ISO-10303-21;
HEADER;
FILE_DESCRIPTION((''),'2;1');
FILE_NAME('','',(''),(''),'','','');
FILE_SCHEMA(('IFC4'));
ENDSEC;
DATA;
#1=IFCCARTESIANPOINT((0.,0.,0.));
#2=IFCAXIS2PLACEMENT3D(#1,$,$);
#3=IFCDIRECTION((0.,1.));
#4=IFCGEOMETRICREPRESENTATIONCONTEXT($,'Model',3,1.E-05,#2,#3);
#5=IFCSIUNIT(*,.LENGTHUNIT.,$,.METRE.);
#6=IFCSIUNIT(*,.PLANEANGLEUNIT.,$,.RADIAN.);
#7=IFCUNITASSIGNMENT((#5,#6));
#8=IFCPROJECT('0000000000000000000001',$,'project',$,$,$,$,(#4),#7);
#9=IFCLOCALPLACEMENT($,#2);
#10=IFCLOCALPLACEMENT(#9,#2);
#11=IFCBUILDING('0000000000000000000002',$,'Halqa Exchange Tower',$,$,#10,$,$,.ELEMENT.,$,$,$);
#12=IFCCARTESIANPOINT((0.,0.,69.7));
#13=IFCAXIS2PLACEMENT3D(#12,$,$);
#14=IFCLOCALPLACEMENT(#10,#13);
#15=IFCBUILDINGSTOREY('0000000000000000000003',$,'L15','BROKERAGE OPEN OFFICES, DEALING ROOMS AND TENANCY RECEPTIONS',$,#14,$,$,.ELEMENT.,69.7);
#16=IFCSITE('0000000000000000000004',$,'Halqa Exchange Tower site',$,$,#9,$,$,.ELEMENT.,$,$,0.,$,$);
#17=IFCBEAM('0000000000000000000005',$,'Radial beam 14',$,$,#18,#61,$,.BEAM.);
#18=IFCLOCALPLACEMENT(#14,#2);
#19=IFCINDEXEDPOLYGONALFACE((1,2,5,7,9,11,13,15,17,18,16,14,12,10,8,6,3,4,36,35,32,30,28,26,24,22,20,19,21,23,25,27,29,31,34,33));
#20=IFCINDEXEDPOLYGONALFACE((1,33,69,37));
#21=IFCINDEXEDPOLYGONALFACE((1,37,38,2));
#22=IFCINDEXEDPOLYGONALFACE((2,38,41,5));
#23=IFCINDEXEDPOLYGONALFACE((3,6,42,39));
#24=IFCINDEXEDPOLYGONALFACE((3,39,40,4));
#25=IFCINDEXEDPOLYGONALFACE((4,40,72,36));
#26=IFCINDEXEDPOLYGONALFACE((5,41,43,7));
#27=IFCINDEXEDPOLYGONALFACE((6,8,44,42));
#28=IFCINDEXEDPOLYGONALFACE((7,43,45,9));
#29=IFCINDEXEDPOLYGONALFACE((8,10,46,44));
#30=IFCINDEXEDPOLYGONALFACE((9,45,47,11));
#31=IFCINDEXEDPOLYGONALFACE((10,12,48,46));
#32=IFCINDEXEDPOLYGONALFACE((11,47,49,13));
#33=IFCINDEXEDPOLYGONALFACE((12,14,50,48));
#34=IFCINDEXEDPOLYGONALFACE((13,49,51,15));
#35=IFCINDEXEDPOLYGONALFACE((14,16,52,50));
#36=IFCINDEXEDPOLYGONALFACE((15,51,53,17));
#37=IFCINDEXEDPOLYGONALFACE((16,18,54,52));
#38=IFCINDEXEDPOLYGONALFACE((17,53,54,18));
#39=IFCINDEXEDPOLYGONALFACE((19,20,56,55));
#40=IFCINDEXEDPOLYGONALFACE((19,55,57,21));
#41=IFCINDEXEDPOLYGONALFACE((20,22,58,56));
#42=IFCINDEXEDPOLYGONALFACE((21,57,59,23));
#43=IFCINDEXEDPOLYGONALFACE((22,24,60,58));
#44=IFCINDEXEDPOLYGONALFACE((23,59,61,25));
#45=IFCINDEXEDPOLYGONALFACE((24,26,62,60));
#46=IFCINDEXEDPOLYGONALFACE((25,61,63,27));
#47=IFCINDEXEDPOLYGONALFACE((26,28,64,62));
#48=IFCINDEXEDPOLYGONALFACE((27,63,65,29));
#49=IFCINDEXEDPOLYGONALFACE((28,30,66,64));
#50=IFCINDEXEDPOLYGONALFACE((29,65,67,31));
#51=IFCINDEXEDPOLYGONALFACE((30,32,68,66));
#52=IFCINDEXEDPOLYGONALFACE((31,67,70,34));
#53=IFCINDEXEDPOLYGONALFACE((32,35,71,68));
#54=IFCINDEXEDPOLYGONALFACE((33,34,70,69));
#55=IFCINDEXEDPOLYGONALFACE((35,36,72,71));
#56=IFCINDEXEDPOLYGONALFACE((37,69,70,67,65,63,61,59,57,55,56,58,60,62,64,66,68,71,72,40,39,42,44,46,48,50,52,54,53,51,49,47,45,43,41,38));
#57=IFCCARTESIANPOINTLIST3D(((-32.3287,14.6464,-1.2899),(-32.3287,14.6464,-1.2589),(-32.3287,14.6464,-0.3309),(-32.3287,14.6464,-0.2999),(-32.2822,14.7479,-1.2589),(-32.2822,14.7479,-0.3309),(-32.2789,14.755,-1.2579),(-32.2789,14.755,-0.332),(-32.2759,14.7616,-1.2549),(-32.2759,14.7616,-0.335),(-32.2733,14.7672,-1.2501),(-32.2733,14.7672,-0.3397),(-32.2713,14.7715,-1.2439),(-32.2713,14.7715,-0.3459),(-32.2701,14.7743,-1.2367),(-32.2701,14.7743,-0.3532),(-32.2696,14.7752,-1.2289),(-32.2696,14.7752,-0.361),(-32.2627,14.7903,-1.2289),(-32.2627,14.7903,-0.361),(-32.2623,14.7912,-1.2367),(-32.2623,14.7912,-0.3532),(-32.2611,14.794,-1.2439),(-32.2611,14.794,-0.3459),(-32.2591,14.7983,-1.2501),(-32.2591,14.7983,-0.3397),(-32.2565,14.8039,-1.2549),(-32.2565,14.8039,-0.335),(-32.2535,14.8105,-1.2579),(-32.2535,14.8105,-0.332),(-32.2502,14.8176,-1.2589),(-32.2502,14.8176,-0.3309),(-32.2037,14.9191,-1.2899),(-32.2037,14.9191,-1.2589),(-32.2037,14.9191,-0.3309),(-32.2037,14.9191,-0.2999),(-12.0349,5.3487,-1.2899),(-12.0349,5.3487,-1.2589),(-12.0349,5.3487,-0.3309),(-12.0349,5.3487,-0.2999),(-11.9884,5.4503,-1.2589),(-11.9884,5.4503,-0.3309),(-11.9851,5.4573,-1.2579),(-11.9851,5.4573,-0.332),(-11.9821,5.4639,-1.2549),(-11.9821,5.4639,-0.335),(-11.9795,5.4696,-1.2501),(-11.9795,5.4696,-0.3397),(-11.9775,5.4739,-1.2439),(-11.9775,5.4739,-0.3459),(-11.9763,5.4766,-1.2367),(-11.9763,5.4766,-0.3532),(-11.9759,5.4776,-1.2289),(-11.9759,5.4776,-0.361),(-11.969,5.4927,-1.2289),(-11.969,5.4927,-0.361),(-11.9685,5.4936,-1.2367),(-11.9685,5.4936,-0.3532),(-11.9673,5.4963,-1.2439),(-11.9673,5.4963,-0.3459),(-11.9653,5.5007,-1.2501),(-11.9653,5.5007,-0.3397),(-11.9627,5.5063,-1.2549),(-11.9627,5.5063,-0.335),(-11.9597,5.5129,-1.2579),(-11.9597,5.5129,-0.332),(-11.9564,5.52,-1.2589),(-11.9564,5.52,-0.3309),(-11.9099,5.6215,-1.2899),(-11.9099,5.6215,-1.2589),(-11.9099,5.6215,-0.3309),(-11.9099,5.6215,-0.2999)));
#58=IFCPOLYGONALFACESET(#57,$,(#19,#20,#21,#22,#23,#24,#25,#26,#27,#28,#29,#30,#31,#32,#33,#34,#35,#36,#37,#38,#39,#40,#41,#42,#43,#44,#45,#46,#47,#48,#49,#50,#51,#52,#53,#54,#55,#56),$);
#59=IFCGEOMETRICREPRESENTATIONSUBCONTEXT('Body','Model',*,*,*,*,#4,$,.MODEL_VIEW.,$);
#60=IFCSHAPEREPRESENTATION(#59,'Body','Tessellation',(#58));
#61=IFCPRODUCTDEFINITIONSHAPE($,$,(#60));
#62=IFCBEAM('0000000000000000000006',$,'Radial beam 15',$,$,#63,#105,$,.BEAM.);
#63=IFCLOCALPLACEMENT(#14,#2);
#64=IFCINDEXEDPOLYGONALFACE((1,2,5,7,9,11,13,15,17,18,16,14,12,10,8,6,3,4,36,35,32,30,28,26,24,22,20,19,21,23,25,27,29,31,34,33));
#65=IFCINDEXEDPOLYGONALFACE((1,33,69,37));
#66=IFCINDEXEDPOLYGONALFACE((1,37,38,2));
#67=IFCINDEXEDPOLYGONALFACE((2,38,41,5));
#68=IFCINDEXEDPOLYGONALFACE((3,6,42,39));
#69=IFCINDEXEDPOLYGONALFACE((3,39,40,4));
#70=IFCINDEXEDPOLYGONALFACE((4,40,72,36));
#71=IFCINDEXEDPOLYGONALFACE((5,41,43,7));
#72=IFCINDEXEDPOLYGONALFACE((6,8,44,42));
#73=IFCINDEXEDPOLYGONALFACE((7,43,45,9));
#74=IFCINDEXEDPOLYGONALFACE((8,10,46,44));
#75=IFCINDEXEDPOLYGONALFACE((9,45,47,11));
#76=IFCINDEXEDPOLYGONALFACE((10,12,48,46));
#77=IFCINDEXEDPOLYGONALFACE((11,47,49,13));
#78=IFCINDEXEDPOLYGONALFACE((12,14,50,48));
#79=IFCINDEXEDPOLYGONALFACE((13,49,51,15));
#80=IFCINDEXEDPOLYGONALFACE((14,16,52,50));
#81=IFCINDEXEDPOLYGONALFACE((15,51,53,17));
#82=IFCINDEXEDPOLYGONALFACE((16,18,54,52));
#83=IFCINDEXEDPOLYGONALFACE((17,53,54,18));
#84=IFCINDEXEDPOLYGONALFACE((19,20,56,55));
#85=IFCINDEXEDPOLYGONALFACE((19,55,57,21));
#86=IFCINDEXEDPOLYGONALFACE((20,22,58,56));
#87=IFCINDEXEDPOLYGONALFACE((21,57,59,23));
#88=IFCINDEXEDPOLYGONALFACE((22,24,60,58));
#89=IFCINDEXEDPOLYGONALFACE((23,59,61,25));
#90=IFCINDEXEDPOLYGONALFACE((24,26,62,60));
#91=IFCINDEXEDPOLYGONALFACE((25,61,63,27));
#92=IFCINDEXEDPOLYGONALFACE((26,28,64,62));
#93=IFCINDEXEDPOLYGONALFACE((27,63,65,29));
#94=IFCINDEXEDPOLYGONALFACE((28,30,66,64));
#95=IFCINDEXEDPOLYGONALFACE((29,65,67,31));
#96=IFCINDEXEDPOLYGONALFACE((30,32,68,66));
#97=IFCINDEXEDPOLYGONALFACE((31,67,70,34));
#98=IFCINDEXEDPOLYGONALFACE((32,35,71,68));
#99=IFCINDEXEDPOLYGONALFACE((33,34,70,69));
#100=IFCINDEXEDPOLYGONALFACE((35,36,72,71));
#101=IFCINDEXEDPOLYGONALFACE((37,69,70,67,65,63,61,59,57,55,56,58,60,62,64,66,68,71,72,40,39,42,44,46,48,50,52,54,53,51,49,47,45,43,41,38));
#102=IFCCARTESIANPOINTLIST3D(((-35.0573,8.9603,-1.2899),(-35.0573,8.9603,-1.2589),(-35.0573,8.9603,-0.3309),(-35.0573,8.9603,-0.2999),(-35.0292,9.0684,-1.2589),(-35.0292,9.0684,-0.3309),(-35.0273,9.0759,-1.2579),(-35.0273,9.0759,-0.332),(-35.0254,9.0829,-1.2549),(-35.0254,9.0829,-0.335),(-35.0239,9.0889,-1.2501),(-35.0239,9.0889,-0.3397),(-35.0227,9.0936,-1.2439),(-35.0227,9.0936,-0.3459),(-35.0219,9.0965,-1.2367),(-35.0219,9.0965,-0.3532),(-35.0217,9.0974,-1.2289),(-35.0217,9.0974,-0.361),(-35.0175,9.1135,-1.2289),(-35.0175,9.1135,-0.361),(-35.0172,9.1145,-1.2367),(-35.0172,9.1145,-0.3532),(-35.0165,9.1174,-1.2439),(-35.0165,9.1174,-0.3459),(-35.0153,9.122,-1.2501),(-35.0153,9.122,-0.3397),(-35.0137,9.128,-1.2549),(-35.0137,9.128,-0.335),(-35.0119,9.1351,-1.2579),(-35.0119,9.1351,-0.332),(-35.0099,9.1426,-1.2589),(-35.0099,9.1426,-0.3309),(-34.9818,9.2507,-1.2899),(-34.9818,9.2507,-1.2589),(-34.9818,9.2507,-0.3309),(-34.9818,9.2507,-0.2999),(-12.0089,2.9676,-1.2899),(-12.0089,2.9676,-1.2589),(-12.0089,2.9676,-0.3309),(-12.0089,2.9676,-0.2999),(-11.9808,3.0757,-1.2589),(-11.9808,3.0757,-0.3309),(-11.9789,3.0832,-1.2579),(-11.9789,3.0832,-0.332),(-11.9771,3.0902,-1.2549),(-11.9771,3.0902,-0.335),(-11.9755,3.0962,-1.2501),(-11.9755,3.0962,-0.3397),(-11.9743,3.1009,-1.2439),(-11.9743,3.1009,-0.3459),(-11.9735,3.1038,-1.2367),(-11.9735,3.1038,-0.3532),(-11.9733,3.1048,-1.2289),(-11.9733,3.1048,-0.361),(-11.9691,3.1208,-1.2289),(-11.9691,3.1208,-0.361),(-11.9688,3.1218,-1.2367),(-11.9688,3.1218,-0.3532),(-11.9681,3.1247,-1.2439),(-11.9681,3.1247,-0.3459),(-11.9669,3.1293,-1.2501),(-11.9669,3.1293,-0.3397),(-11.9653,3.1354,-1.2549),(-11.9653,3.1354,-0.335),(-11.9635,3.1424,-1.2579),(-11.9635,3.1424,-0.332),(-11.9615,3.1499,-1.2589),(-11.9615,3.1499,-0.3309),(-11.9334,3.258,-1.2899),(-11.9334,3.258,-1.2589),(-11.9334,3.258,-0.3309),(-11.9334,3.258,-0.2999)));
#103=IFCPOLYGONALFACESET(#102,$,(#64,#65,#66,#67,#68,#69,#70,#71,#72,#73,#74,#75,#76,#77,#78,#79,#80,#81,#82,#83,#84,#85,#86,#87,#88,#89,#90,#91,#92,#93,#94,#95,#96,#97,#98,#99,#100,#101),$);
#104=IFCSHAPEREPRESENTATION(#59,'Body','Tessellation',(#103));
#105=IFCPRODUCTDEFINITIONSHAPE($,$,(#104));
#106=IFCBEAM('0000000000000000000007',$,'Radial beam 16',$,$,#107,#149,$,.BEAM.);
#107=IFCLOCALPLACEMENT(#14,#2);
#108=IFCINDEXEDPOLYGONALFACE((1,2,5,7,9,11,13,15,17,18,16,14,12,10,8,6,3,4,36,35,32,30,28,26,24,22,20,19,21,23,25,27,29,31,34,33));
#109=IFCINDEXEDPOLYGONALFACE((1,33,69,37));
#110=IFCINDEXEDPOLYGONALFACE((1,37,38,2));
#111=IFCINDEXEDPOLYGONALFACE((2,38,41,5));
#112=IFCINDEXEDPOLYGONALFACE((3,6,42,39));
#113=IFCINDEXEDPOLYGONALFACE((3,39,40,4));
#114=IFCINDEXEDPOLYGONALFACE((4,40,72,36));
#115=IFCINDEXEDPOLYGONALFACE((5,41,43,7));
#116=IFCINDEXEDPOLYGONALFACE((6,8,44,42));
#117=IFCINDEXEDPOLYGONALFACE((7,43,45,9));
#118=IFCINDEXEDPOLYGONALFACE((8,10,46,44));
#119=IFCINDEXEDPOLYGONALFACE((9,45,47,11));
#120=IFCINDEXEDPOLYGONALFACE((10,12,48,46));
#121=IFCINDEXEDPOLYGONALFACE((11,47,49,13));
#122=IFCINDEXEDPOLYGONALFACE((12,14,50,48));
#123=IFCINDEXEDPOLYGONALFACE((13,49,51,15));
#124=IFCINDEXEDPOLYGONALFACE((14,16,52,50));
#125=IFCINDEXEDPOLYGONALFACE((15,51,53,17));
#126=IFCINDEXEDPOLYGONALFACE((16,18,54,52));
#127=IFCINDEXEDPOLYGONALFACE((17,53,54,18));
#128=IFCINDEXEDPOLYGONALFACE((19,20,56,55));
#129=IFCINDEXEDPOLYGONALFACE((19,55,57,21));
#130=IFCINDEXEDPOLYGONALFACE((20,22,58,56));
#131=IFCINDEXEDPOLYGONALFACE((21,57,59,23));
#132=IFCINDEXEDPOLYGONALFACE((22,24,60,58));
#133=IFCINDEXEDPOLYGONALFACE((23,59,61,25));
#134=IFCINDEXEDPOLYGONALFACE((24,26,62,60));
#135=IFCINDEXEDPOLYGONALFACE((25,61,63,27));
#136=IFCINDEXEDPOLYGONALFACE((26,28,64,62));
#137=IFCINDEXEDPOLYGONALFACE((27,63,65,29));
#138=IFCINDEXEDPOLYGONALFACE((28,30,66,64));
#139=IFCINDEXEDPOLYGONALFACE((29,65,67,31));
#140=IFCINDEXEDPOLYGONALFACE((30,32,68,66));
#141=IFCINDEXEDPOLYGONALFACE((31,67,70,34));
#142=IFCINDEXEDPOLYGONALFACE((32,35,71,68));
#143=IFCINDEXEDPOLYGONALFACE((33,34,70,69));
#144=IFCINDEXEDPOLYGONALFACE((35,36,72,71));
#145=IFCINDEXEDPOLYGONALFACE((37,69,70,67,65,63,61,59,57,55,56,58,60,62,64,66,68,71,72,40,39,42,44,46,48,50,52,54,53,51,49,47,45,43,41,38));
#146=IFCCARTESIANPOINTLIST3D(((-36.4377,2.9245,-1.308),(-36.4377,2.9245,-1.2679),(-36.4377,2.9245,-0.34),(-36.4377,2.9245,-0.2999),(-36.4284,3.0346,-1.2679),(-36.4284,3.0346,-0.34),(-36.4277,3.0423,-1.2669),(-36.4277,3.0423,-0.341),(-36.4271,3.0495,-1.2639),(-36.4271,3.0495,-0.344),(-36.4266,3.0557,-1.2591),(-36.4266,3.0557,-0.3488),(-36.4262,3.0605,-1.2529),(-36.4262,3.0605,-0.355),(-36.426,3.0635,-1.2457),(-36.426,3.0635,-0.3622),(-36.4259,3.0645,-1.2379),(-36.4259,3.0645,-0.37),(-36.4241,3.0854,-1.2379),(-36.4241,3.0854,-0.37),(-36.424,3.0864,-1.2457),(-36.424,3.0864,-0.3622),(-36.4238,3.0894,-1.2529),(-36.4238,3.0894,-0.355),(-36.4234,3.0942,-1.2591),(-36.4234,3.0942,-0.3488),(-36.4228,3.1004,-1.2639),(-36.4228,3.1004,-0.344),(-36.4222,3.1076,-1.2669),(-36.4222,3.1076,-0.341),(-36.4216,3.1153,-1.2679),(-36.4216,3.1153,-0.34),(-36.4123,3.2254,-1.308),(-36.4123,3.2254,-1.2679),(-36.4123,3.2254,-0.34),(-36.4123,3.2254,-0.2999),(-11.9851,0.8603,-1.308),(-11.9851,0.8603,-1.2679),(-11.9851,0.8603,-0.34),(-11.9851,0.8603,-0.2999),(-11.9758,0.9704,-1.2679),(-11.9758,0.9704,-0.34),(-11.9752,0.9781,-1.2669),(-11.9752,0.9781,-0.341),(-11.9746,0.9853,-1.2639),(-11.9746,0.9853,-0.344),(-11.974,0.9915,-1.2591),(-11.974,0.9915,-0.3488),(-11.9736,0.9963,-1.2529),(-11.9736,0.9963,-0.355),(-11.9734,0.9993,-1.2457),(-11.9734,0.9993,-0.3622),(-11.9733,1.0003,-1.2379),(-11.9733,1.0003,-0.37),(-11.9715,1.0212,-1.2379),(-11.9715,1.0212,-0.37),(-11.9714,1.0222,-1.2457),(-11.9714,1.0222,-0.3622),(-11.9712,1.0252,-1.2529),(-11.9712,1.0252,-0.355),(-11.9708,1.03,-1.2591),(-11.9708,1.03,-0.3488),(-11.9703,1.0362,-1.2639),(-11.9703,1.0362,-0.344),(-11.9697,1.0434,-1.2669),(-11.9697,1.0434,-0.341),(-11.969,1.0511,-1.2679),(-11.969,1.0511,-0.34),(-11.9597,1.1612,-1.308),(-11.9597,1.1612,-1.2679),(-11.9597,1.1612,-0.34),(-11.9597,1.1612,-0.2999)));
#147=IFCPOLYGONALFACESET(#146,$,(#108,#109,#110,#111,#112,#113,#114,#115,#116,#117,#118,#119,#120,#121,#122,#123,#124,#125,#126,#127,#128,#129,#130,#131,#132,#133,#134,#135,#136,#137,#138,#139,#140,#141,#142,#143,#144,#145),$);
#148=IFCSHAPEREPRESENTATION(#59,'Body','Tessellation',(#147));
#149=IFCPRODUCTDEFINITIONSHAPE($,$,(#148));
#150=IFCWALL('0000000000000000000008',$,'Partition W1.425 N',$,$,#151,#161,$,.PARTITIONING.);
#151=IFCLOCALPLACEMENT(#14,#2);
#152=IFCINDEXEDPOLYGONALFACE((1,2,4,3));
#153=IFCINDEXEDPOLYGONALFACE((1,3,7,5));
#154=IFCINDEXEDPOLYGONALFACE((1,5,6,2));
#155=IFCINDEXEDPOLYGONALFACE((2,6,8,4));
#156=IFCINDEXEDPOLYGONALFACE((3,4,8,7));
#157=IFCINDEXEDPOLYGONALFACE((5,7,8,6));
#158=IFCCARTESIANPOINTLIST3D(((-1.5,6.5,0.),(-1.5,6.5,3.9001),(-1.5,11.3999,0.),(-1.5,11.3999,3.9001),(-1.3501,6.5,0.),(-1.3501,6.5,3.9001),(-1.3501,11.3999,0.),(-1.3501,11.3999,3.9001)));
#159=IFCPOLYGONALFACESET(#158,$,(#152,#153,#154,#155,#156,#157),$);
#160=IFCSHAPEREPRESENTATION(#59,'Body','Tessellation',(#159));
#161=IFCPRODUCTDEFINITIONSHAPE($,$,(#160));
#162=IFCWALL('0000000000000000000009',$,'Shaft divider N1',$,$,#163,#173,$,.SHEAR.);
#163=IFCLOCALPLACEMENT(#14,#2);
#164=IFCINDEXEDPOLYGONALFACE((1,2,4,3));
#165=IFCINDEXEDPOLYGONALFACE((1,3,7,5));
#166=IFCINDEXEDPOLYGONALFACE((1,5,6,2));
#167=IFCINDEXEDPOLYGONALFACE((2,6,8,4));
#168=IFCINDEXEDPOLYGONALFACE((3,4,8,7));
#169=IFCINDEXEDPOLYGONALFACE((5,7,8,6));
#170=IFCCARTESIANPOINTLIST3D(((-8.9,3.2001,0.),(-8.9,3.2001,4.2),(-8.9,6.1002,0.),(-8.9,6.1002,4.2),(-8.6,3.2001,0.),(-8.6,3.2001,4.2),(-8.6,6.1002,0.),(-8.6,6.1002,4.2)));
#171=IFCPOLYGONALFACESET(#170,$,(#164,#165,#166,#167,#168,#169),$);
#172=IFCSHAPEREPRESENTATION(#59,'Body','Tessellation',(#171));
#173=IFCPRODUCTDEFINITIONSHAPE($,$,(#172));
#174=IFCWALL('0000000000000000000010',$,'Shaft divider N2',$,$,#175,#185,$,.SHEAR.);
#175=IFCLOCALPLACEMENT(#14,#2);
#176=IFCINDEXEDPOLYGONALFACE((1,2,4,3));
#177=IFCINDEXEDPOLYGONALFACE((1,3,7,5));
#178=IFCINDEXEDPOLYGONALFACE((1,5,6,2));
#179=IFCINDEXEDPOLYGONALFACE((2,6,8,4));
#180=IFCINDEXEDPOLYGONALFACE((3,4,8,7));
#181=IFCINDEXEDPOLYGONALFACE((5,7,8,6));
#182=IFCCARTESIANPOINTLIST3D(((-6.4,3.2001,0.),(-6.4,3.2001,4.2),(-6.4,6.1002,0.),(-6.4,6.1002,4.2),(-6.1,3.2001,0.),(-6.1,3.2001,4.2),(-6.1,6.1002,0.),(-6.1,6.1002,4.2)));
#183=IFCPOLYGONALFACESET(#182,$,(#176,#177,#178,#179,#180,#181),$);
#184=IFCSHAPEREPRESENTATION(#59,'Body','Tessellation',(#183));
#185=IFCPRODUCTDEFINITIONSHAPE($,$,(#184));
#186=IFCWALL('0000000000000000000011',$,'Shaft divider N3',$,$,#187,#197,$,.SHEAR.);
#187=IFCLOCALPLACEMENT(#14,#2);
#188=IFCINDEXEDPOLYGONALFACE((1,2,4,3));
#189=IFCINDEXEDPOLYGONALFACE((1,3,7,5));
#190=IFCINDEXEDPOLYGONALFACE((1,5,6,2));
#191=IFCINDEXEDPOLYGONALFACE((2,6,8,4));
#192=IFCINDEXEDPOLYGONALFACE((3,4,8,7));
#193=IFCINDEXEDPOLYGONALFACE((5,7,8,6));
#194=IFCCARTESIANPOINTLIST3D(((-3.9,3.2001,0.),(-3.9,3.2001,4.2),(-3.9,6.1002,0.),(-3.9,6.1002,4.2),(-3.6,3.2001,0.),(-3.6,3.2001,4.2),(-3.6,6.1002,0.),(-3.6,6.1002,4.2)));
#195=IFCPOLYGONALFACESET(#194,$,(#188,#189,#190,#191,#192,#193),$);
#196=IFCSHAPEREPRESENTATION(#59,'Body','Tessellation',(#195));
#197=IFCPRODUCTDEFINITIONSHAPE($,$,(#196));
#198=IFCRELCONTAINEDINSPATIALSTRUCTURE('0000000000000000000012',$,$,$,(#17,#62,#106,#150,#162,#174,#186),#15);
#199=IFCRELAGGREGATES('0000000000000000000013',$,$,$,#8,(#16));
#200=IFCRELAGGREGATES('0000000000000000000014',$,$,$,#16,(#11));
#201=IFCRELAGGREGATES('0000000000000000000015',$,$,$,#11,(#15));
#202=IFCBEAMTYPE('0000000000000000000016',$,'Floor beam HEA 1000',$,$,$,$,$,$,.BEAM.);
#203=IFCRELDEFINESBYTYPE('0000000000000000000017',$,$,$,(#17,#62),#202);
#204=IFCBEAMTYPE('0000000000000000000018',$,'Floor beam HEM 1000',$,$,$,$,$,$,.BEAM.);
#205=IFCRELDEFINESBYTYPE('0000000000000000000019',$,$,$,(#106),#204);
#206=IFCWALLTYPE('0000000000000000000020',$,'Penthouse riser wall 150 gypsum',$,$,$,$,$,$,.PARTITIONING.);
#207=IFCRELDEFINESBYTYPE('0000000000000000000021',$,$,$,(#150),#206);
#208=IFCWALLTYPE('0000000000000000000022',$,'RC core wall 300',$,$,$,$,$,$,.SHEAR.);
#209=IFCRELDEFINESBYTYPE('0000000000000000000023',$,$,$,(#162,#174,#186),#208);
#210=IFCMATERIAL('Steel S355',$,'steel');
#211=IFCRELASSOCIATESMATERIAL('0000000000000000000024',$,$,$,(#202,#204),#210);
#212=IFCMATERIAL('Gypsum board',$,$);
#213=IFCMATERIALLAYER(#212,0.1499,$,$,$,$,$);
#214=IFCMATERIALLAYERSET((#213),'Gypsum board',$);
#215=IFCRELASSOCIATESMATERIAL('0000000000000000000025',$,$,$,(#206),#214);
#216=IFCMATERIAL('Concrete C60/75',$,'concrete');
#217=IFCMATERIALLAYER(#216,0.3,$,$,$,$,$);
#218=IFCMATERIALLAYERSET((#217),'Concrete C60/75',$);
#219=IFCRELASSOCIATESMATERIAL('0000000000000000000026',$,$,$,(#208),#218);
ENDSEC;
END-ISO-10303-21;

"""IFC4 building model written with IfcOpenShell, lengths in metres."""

from ifc_helpers import new_model, si_unit, direction, frame, frame_2d, origin, origin_2d, place, context, subcontext, project, spatial, rectangle, i_section, extrude, material, layer, layer_set, material_profile, profile_set, type_object, element, save


model = new_model("IFC4")

# Units and contexts
model_context = context("Model", 3, precision=1e-05, world=origin(), true_north=direction((0.0, 1.0)))
body_context = subcontext(model_context, "Body", "Model", "MODEL_VIEW")
ifc_project = project(units=[si_unit("LENGTHUNIT", "METRE"), si_unit("PLANEANGLEUNIT", "RADIAN")], contexts=[model_context])

# Site, building, storey
site_placement = place(None, origin())
site = spatial("IfcSite", under=ifc_project, at=site_placement, Name="Halqa Exchange Tower site", CompositionType="ELEMENT", RefElevation=0.0)
building_placement = place(site_placement, origin())
building = spatial("IfcBuilding", under=site, at=building_placement, Name="Halqa Exchange Tower", CompositionType="ELEMENT")
storey_placement = place(building_placement, frame((0.0, 0.0, 69.7)))
storey = spatial("IfcBuildingStorey", under=building, at=storey_placement, Name="L15", Description="BROKERAGE OPEN OFFICES, DEALING ROOMS AND TENANCY RECEPTIONS", CompositionType="ELEMENT", Elevation=69.7)

# Beams
ifc_material_1 = material(Name="Steel S355", Category="steel")
ifc_material_profile_1 = material_profile(ifc_material_1, i_section(OverallWidth=0.3, OverallDepth=0.99, WebThickness=0.0166, FlangeThickness=0.031, FilletRadius=0.03, at=origin_2d()), Name="HEA 1000")
ifc_profile_set_1 = profile_set([ifc_material_profile_1], Name="Steel S355")
beam_type_1 = type_object("IfcBeamType", Name="Floor beam HEA 1000", PredefinedType="BEAM", material=ifc_profile_set_1)
beam_1_placement = place(storey_placement, frame((-11.9724, 5.4851, -0.7949), z_axis=(-0.909127, 0.416519, 0.0), x_axis=(-0.416519, -0.909127, 0.0)))
element("IfcBeam", 1, at=beam_1_placement, inside=storey, type_object=beam_type_1, Name="Radial beam 14", PredefinedType="BEAM", context=body_context, shape_type="SweptSolid", body=[
    extrude(i_section(OverallWidth=0.3, OverallDepth=0.99, WebThickness=0.0166, FlangeThickness=0.031, FilletRadius=0.03, at=origin_2d()), origin(), (0.0, 0.0, 1.0), 22.3223),
])
beam_2_placement = place(storey_placement, frame((-11.9712, 3.1128, -0.7949), z_axis=(-0.967821, 0.251638, 0.0), x_axis=(-0.251638, -0.967821, 0.0)))
element("IfcBeam", 2, at=beam_2_placement, inside=storey, type_object=beam_type_1, Name="Radial beam 15", PredefinedType="BEAM", context=body_context, shape_type="SweptSolid", body=[
    extrude(i_section(OverallWidth=0.3, OverallDepth=0.99, WebThickness=0.0166, FlangeThickness=0.031, FilletRadius=0.03, at=origin_2d()), origin(), (0.0, 0.0, 1.0), 23.8147),
])
ifc_material_profile_2 = material_profile(ifc_material_1, i_section(OverallWidth=0.302, OverallDepth=1.0081, WebThickness=0.021, FlangeThickness=0.04, FilletRadius=0.03, at=origin_2d()), Name="HEM 1000")
ifc_profile_set_2 = profile_set([ifc_material_profile_2], Name="Steel S355")
beam_type_2 = type_object("IfcBeamType", Name="Floor beam HEM 1000", PredefinedType="BEAM", material=ifc_profile_set_2)
beam_3_placement = place(storey_placement, frame((-11.9724, 1.0107, -0.804), z_axis=(-0.996456, 0.084117, 0.0), x_axis=(-0.084117, -0.996456, 0.0)))
element("IfcBeam", 3, at=beam_3_placement, inside=storey, type_object=beam_type_2, Name="Radial beam 16", PredefinedType="BEAM", context=body_context, shape_type="SweptSolid", body=[
    extrude(i_section(OverallWidth=0.302, OverallDepth=1.0081, WebThickness=0.021, FlangeThickness=0.04, FilletRadius=0.03, at=origin_2d()), origin(), (0.0, 0.0, 1.0), 24.5396),
])

# Walls
ifc_material_2 = material(Name="Gypsum board")
ifc_layer_1 = layer(ifc_material_2, 0.1499)
ifc_layer_set_1 = layer_set([ifc_layer_1], Name="Gypsum board")
wall_type_1 = type_object("IfcWallType", Name="Penthouse riser wall 150 gypsum", PredefinedType="PARTITIONING", material=ifc_layer_set_1)
wall_1_placement = place(storey_placement, frame((-1.425, 6.5, 0.0), z_axis=(0.0, 0.0, 1.0), x_axis=(0.0, 1.0, 0.0)))
element("IfcWall", 4, at=wall_1_placement, inside=storey, type_object=wall_type_1, Name="Partition W1.425 N", PredefinedType="PARTITIONING", context=body_context, shape_type="SweptSolid", body=[
    extrude(rectangle(XDim=4.8999, YDim=0.1499, at=frame_2d((2.45, 0.0))), origin(), (0.0, 0.0, 1.0), 3.9001),
])
ifc_material_3 = material(Name="Concrete C60/75", Category="concrete")
ifc_layer_2 = layer(ifc_material_3, 0.3)
ifc_layer_set_2 = layer_set([ifc_layer_2], Name="Concrete C60/75")
wall_type_2 = type_object("IfcWallType", Name="RC core wall 300", PredefinedType="SHEAR", material=ifc_layer_set_2)
for number, where, z_axis, x_axis, name in (
    (5, (-8.75, 3.2, 0.0), (0.0, 0.0, 1.0), (0.0, 1.0, 0.0), "Shaft divider N1"),
    (6, (-6.25, 3.2, 0.0), (0.0, 0.0, 1.0), (0.0, 1.0, 0.0), "Shaft divider N2"),
    (7, (-3.75, 3.2, 0.0), (0.0, 0.0, 1.0), (0.0, 1.0, 0.0), "Shaft divider N3"),
):
    element("IfcWall", number, at=place(storey_placement, frame(where, z_axis=z_axis, x_axis=x_axis)), inside=storey, type_object=wall_type_2, Name=name, PredefinedType="SHEAR", context=body_context, shape_type="SweptSolid", body=[
        extrude(rectangle(XDim=2.9001, YDim=0.3, at=frame_2d((1.4502, 0.0))), origin(), (0.0, 0.0, 1.0), 4.2),
    ])

save(model, "model.ifc")
